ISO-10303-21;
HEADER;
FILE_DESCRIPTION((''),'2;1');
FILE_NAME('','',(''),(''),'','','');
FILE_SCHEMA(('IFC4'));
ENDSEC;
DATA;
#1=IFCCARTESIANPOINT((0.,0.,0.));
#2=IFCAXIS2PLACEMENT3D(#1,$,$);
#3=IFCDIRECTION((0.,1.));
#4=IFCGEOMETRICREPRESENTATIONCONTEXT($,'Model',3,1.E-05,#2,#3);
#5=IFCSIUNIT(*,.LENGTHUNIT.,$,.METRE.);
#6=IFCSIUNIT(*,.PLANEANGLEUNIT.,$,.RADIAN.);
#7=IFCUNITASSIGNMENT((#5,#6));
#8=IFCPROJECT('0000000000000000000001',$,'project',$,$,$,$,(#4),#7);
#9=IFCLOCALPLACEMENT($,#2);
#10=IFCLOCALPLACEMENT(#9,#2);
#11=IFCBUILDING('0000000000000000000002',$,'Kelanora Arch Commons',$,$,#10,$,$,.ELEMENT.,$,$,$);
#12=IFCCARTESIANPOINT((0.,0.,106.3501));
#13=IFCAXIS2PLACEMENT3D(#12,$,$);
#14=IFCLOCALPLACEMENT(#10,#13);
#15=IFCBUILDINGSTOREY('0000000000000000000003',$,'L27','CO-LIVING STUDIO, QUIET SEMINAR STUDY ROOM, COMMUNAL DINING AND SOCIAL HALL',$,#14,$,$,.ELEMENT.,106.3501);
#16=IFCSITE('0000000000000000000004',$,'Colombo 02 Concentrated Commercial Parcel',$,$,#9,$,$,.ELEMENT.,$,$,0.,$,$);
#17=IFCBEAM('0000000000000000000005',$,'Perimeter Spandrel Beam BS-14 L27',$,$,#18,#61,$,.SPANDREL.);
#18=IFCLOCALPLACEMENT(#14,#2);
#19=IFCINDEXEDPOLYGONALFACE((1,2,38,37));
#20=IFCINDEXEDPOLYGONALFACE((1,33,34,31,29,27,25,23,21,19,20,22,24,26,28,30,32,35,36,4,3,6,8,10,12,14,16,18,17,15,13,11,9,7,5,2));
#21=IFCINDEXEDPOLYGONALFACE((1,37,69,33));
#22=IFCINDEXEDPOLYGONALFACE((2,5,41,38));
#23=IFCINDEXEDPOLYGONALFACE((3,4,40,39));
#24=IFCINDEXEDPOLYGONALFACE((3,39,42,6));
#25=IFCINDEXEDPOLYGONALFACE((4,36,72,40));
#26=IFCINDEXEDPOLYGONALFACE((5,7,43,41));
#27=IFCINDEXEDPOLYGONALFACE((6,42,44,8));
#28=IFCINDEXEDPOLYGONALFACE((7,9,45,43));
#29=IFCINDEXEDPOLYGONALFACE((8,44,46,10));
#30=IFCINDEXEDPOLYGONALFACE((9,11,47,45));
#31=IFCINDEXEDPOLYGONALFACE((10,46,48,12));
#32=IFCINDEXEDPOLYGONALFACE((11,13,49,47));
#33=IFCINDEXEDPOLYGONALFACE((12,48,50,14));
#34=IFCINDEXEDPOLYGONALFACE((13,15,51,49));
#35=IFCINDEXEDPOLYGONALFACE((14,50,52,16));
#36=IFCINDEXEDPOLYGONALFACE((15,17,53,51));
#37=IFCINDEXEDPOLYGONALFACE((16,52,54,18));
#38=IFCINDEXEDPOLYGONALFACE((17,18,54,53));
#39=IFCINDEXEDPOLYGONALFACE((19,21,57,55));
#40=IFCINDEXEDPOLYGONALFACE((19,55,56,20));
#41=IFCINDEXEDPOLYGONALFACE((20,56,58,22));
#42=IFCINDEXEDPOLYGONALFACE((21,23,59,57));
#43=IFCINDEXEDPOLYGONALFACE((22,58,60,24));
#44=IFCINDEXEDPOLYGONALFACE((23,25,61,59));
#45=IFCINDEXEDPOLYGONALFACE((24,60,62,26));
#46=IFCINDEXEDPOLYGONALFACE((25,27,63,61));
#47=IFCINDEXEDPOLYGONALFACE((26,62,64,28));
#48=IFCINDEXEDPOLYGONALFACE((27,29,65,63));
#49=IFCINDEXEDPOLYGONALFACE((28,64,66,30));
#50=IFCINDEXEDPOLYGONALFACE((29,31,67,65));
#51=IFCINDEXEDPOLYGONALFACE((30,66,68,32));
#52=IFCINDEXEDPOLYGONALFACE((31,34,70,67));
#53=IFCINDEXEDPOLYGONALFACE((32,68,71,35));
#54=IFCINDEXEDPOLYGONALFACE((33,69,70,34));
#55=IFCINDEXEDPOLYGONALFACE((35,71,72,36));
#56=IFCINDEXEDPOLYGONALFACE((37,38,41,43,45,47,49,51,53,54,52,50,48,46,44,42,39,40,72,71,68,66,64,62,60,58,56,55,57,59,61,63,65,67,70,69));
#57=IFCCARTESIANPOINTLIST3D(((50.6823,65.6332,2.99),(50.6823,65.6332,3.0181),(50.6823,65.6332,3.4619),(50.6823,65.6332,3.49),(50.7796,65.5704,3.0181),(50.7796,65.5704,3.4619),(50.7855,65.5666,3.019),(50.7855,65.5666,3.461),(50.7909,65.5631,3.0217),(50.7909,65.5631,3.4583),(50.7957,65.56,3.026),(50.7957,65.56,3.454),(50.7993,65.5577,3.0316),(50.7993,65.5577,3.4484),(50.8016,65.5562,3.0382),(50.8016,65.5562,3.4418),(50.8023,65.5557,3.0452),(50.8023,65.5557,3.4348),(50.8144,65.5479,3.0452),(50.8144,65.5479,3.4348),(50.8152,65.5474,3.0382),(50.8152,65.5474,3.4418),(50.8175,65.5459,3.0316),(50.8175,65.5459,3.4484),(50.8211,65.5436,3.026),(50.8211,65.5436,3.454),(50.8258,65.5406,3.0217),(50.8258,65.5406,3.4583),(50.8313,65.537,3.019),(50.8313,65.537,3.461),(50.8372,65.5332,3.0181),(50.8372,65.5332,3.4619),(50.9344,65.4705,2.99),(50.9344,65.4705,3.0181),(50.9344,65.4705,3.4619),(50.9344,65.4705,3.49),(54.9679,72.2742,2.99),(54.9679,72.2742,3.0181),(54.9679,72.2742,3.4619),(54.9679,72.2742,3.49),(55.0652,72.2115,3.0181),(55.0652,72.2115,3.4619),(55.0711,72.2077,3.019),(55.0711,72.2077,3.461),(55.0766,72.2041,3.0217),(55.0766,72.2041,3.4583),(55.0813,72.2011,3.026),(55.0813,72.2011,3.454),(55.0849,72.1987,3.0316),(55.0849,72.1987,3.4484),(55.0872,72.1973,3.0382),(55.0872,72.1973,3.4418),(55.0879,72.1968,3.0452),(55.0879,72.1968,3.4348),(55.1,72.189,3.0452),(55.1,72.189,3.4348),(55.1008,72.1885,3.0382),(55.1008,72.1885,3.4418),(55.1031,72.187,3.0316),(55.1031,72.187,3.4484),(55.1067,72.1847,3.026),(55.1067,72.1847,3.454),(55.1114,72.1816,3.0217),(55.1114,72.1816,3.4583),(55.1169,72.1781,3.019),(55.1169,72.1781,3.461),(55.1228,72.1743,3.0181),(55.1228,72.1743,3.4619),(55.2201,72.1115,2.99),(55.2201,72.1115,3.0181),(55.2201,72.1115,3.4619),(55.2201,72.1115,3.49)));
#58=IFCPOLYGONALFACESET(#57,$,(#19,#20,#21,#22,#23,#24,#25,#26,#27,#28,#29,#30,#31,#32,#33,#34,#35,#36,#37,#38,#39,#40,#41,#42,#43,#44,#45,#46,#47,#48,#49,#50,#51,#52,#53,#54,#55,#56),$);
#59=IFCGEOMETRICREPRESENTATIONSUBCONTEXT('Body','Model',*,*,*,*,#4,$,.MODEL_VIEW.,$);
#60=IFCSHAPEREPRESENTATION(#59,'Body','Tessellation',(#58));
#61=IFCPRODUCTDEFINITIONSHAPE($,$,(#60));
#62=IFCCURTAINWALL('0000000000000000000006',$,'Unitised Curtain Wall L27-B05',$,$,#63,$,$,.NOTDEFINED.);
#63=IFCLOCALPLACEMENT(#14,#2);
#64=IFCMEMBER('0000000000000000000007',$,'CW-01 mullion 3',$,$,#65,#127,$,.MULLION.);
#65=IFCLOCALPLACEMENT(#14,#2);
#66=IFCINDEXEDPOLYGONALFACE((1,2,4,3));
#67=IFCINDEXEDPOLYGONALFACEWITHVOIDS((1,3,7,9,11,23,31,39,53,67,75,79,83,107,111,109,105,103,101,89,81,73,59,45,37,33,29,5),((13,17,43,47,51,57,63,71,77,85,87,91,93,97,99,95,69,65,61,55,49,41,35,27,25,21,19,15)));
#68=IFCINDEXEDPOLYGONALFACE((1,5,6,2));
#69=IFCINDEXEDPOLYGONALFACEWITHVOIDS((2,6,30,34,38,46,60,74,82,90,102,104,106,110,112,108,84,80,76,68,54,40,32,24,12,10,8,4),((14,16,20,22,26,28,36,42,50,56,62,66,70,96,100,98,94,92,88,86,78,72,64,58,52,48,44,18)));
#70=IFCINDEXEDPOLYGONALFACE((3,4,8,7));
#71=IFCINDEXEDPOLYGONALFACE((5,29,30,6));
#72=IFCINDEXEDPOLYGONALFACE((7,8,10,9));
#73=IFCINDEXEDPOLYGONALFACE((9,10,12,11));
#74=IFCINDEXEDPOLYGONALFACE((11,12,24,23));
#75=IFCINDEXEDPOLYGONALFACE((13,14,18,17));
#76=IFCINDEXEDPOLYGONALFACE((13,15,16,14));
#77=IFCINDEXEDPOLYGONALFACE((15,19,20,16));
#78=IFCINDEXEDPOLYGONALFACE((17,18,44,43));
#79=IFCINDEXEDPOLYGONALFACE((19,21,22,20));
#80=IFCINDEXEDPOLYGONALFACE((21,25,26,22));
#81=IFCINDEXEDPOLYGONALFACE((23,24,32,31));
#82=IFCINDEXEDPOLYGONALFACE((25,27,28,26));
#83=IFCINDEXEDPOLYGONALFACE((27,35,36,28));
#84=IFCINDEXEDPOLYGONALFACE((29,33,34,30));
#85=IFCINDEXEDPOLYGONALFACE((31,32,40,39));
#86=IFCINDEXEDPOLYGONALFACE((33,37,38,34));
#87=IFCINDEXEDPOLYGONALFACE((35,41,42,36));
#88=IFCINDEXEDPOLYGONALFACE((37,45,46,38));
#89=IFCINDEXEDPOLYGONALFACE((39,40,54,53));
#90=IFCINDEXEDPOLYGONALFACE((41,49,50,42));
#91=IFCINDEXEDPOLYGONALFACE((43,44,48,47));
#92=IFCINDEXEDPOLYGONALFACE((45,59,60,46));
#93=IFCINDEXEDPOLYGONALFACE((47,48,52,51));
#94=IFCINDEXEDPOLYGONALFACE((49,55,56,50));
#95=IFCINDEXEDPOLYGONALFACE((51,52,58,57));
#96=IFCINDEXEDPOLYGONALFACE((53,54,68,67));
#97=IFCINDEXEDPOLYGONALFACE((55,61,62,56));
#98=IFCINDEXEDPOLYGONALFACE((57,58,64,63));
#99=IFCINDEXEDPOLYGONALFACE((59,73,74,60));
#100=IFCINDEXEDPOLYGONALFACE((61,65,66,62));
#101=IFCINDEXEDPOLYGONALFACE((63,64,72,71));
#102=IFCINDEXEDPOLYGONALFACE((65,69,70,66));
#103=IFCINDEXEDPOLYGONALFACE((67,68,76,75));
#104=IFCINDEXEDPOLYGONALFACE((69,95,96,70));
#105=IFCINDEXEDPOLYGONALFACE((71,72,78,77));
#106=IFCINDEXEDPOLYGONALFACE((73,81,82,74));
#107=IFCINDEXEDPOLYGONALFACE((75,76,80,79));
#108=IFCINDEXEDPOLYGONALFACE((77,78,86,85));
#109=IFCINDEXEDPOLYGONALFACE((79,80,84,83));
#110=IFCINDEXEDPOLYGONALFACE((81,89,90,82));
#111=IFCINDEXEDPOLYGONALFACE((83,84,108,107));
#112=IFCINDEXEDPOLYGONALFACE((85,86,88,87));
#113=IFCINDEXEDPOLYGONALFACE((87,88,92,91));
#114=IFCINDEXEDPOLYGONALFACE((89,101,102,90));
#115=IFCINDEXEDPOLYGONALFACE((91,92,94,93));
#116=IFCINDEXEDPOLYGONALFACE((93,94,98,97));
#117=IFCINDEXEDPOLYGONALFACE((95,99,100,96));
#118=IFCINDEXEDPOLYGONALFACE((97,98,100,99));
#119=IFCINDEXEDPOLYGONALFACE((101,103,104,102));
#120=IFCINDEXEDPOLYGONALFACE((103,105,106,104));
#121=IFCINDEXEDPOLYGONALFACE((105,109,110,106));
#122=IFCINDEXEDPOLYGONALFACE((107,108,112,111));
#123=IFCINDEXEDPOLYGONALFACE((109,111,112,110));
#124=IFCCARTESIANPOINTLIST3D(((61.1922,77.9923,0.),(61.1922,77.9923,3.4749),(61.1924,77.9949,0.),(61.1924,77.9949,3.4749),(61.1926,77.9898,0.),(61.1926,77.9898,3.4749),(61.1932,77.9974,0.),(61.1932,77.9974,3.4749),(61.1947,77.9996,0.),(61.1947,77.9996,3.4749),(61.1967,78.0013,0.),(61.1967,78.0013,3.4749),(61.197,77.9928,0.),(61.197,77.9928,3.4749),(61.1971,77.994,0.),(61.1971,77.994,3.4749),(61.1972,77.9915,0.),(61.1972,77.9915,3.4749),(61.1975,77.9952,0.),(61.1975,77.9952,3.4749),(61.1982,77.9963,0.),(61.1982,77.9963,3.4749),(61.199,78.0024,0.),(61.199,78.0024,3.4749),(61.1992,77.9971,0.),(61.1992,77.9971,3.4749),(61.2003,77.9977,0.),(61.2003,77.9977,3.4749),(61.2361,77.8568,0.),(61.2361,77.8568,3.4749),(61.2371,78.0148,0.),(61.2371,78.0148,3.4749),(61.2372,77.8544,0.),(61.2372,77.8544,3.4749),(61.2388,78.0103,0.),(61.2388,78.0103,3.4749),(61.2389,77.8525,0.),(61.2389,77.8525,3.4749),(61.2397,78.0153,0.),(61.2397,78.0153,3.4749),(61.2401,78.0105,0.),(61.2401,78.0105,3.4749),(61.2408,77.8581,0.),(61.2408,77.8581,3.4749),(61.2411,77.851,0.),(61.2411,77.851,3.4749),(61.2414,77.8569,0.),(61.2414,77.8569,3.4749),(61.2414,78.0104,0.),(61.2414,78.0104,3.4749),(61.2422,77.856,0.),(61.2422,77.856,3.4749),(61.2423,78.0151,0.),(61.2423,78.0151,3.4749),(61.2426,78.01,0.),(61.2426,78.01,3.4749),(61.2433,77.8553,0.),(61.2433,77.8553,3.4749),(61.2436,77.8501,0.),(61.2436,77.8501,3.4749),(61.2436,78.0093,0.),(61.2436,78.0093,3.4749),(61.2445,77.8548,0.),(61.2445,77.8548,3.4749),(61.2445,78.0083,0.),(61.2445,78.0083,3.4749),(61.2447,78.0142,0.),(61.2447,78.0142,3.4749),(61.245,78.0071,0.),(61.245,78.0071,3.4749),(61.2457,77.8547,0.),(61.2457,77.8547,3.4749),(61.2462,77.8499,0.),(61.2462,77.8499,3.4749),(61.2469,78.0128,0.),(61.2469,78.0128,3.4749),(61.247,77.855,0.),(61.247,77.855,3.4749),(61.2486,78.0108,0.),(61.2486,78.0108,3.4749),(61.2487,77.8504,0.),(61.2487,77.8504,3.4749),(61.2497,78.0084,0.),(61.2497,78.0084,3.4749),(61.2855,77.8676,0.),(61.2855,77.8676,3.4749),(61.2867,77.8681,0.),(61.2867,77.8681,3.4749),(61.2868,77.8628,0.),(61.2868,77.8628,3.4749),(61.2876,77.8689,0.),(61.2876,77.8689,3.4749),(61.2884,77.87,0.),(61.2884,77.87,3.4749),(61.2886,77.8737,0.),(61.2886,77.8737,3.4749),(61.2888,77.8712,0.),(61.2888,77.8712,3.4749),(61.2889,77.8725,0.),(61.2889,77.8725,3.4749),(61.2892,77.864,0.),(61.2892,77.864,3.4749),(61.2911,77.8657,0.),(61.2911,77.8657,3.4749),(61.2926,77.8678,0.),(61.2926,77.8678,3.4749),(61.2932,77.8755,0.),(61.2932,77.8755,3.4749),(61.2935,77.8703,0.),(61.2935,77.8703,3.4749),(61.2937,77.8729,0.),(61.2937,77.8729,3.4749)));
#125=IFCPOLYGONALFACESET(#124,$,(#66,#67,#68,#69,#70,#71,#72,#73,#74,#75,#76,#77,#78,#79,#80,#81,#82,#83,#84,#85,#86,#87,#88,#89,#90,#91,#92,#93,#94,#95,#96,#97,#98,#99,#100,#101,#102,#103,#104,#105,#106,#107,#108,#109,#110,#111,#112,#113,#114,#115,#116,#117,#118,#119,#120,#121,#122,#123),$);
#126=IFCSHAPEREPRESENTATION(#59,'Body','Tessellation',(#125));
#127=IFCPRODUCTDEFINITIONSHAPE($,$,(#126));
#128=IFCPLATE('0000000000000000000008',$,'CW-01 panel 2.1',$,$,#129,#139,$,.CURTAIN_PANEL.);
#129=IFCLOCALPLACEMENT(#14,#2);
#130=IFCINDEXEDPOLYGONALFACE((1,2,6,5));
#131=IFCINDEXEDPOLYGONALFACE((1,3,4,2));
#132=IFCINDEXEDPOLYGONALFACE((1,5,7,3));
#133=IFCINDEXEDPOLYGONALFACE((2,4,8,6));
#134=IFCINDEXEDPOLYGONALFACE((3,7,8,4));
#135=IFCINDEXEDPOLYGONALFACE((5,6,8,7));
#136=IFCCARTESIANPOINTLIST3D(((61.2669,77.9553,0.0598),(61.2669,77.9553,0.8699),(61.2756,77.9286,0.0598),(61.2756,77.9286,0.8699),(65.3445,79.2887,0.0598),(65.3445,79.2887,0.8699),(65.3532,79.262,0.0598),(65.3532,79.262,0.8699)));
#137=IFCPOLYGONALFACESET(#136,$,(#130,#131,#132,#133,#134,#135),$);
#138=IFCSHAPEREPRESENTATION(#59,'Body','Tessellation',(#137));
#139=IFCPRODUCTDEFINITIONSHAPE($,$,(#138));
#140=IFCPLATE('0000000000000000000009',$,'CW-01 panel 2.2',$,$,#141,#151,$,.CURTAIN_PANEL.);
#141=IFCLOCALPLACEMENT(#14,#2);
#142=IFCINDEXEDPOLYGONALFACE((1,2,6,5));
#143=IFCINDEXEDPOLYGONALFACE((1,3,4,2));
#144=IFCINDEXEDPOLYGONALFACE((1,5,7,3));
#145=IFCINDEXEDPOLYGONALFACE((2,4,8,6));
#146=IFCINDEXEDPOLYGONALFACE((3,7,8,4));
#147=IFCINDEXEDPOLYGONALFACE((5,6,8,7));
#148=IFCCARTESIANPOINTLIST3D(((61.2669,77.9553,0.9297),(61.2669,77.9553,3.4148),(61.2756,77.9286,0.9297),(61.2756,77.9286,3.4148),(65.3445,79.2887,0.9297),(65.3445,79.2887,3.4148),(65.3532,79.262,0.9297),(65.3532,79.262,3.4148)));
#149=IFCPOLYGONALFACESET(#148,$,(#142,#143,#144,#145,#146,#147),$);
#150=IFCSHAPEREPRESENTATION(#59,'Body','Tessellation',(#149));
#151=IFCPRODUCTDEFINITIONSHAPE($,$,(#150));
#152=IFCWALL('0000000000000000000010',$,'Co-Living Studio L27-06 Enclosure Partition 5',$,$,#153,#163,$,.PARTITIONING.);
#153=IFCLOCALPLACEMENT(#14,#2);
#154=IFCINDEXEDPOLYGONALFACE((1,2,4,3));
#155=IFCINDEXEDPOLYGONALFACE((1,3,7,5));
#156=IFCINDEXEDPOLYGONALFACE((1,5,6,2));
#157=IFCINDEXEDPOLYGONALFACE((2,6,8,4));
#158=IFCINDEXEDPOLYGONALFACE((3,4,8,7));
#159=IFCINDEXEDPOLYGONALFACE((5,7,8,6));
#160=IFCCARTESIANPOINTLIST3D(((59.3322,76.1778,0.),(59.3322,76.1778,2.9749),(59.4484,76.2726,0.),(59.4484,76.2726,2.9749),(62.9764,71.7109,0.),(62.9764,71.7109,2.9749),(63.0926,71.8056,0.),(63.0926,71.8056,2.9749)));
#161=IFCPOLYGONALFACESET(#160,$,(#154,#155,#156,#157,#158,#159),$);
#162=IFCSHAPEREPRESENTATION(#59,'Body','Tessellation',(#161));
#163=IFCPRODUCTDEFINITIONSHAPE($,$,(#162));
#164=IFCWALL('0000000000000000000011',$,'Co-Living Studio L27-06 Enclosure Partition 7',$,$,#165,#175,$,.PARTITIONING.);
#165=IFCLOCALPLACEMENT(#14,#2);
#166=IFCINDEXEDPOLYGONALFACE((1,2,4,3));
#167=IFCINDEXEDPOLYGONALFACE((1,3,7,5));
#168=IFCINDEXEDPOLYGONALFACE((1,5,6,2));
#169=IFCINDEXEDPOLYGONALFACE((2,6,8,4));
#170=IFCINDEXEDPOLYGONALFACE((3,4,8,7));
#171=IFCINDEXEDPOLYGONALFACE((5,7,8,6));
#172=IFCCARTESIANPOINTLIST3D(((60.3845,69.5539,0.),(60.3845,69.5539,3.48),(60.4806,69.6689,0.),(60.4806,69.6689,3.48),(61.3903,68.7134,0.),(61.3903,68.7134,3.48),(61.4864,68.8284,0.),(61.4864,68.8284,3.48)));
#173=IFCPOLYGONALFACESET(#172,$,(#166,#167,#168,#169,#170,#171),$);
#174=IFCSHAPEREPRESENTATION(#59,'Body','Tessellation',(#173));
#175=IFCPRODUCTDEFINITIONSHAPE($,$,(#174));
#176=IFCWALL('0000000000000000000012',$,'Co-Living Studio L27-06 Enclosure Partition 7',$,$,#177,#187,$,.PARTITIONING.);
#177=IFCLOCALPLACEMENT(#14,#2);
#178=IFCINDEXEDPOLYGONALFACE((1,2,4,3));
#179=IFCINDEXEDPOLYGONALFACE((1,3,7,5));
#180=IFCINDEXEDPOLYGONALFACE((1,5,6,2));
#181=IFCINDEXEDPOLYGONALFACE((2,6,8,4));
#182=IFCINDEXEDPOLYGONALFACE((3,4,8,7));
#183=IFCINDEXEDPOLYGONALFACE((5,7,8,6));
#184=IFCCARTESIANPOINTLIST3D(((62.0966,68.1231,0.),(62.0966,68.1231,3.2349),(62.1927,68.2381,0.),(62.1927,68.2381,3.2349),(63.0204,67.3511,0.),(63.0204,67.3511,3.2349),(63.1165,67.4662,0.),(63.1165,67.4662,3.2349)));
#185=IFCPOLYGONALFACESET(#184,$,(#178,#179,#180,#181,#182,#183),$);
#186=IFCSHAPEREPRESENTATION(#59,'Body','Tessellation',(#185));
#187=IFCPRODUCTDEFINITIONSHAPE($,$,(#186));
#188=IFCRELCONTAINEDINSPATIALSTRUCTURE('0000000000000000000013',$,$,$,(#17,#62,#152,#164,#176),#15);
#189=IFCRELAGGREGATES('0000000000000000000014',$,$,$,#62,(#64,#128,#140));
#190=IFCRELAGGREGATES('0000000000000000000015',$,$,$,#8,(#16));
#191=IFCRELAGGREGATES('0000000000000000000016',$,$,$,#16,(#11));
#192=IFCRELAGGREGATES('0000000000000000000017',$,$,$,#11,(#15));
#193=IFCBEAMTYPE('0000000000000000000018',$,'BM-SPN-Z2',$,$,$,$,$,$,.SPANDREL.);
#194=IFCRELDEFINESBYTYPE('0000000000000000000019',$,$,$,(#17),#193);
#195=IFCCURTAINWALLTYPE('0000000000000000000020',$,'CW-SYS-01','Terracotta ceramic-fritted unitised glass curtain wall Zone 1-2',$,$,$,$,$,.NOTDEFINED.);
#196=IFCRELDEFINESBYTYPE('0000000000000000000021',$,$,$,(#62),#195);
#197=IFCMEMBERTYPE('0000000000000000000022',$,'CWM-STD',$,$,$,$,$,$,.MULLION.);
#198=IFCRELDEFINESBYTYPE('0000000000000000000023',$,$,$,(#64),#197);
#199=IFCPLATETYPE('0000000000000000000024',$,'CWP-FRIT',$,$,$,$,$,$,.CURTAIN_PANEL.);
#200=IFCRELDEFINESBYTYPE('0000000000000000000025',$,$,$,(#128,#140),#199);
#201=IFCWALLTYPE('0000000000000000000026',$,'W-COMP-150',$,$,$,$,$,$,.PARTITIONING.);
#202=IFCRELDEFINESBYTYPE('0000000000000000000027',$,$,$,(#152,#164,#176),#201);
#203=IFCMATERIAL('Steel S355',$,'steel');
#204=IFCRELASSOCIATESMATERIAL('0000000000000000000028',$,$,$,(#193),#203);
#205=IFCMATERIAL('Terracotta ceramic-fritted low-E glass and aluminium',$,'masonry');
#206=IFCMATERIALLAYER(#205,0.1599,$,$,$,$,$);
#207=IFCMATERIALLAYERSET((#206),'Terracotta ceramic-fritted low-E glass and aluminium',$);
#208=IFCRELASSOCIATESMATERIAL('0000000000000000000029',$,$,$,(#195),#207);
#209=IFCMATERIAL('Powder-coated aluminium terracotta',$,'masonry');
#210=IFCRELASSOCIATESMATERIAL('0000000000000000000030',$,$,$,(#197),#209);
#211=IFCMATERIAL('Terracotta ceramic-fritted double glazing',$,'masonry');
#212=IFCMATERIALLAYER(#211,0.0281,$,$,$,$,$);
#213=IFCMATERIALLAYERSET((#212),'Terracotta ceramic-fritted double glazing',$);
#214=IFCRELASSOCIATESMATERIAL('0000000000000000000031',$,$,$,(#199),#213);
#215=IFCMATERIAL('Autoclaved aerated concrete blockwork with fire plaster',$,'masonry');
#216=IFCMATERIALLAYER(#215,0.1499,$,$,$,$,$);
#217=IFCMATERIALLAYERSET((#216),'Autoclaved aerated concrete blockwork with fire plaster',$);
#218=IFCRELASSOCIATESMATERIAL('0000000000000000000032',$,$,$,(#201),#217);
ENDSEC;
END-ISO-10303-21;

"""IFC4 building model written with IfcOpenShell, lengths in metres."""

from ifc_helpers import new_model, si_unit, direction, frame, frame_2d, origin, origin_2d, place, context, subcontext, project, spatial, rectangle, hollow_rectangle, i_section, extrude, source, transform, mapped, material, layer, layer_set, material_profile, profile_set, type_object, element, aggregate, save


model = new_model("IFC4")

# Units and contexts
model_context = context("Model", 3, precision=1e-05, world=origin(), true_north=direction((0.0, 1.0)))
body_context = subcontext(model_context, "Body", "Model", "MODEL_VIEW")
ifc_project = project(units=[si_unit("LENGTHUNIT", "METRE"), si_unit("PLANEANGLEUNIT", "RADIAN")], contexts=[model_context])

# Site, building, storey
site_placement = place(None, origin())
site = spatial("IfcSite", under=ifc_project, at=site_placement, Name="Colombo 02 Concentrated Commercial Parcel", CompositionType="ELEMENT", RefElevation=0.0)
building_placement = place(site_placement, origin())
building = spatial("IfcBuilding", under=site, at=building_placement, Name="Kelanora Arch Commons", CompositionType="ELEMENT")
storey_placement = place(building_placement, frame((0.0, 0.0, 106.3501)))
storey = spatial("IfcBuildingStorey", under=building, at=storey_placement, Name="L27", Description="CO-LIVING STUDIO, QUIET SEMINAR STUDY ROOM, COMMUNAL DINING AND SOCIAL HALL", CompositionType="ELEMENT", Elevation=106.3501)

# Beam
ifc_material_1 = material(Name="Steel S355", Category="steel")
ifc_material_profile_1 = material_profile(ifc_material_1, i_section(OverallWidth=0.3, OverallDepth=0.5, WebThickness=0.0144, FlangeThickness=0.0281, FilletRadius=0.0271, at=origin_2d()), Name="HEB500")
ifc_profile_set_1 = profile_set([ifc_material_profile_1], Name="Steel S355")
beam_type_1 = type_object("IfcBeamType", Name="BM-SPN-Z2", PredefinedType="SPANDREL", material=ifc_profile_set_1)
beam_1_placement = place(storey_placement, frame((55.094, 72.1929, 3.24), z_axis=(-0.542221, -0.840236, 0.0), x_axis=(0.840236, -0.542221, 0.0)))
element("IfcBeam", 1, at=beam_1_placement, inside=storey, type_object=beam_type_1, Name="Perimeter Spandrel Beam BS-14 L27", PredefinedType="SPANDREL", context=body_context, shape_type="SweptSolid", body=[
    extrude(i_section(OverallWidth=0.3, OverallDepth=0.5, WebThickness=0.0144, FlangeThickness=0.0281, FilletRadius=0.0271, at=origin_2d()), origin(), (0.0, 0.0, 1.0), 7.9038),
])

# Curtain wall, member, plates
ifc_material_2 = material(Name="Terracotta ceramic-fritted low-E glass and aluminium", Category="masonry")
ifc_layer_1 = layer(ifc_material_2, 0.1599)
ifc_layer_set_1 = layer_set([ifc_layer_1], Name="Terracotta ceramic-fritted low-E glass and aluminium")
curtain_wall_type = type_object("IfcCurtainWallType", Name="CW-SYS-01", Description="Terracotta ceramic-fritted unitised glass curtain wall Zone 1-2", PredefinedType="NOTDEFINED", material=ifc_layer_set_1)
curtain_wall_placement = place(storey_placement, origin())
curtain_wall = element("IfcCurtainWall", 2, at=curtain_wall_placement, inside=storey, type_object=curtain_wall_type, Name="Unitised Curtain Wall L27-B05", PredefinedType="NOTDEFINED")
ifc_material_3 = material(Name="Powder-coated aluminium terracotta", Category="masonry")
ifc_material_profile_2 = material_profile(ifc_material_3, hollow_rectangle(XDim=0.1599, YDim=0.0601, WallThickness=0.0049, InnerFilletRadius=0.0049, OuterFilletRadius=0.01, at=origin_2d()), Name="CWM160x60")
ifc_profile_set_2 = profile_set([ifc_material_profile_2], Name="Powder-coated aluminium terracotta")
member_type = type_object("IfcMemberType", Name="CWM-STD", PredefinedType="MULLION", material=ifc_profile_set_2)
member_placement = place(storey_placement, frame((61.2429, 77.9326, 0.0), z_axis=(0.0, 0.0, 1.0), x_axis=(0.310805, -0.950474, 0.0)))
member = element("IfcMember", 3, at=member_placement, type_object=member_type, Name="CW-01 mullion 3", PredefinedType="MULLION", context=body_context, shape_type="SweptSolid", body=[
    extrude(hollow_rectangle(XDim=0.1599, YDim=0.0601, WallThickness=0.0049, InnerFilletRadius=0.0049, OuterFilletRadius=0.01, at=origin_2d()), origin(), (0.0, 0.0, 1.0), 3.4749),
])
ifc_material_4 = material(Name="Terracotta ceramic-fritted double glazing", Category="masonry")
ifc_layer_2 = layer(ifc_material_4, 0.0281)
ifc_layer_set_2 = layer_set([ifc_layer_2], Name="Terracotta ceramic-fritted double glazing")
plate_type = type_object("IfcPlateType", Name="CWP-FRIT", PredefinedType="CURTAIN_PANEL", material=ifc_layer_set_2)
shared_shape_1 = source(origin(), body_context, "Body", "SweptSolid", [
    extrude(rectangle(XDim=4.29, YDim=0.0281, at=origin_2d()), origin(), (0.0, 0.0, 1.0), 0.8101),
])
plate_1_placement = place(storey_placement, frame((63.3101, 78.6086, 0.0598), z_axis=(0.0, 0.0, 1.0), x_axis=(-0.950474, -0.310805, 0.0)))
plate_1 = element("IfcPlate", 4, at=plate_1_placement, type_object=plate_type, Name="CW-01 panel 2.1", PredefinedType="CURTAIN_PANEL", context=body_context, shape_type="MappedRepresentation", body=[
    mapped(shared_shape_1, transform((0.0, 0.0, 0.0), scale=1.0)),
])
shared_shape_2 = source(origin(), body_context, "Body", "SweptSolid", [
    extrude(rectangle(XDim=4.29, YDim=0.0281, at=origin_2d()), origin(), (0.0, 0.0, 1.0), 2.4851),
])
plate_2_placement = place(storey_placement, frame((63.3101, 78.6086, 0.9297), z_axis=(0.0, 0.0, 1.0), x_axis=(-0.950474, -0.310805, 0.0)))
plate_2 = element("IfcPlate", 5, at=plate_2_placement, type_object=plate_type, Name="CW-01 panel 2.2", PredefinedType="CURTAIN_PANEL", context=body_context, shape_type="MappedRepresentation", body=[
    mapped(shared_shape_2, transform((0.0, 0.0, 0.0), scale=1.0)),
])
aggregate(curtain_wall, [member, plate_1, plate_2])

# Walls
ifc_material_5 = material(Name="Autoclaved aerated concrete blockwork with fire plaster", Category="masonry")
ifc_layer_3 = layer(ifc_material_5, 0.1499)
ifc_layer_set_3 = layer_set([ifc_layer_3], Name="Autoclaved aerated concrete blockwork with fire plaster")
wall_type_1 = type_object("IfcWallType", Name="W-COMP-150", PredefinedType="PARTITIONING", material=ifc_layer_set_3)
wall_1_placement = place(storey_placement, frame((59.3904, 76.2251, 0.0), z_axis=(0.0, 0.0, 1.0), x_axis=(0.632139, -0.774855, 0.0)))
element("IfcWall", 6, at=wall_1_placement, inside=storey, type_object=wall_type_1, Name="Co-Living Studio L27-06 Enclosure Partition 5", PredefinedType="PARTITIONING", context=body_context, shape_type="SweptSolid", body=[
    extrude(rectangle(XDim=5.7649, YDim=0.1499, at=frame_2d((2.8823, 0.0))), origin(), (0.0, 0.0, 1.0), 2.9749),
])
wall_2_placement = place(storey_placement, frame((60.4326, 69.6113, 0.0), z_axis=(0.0, 0.0, 1.0), x_axis=(0.767335, -0.641246, 0.0)))
element("IfcWall", 7, at=wall_2_placement, inside=storey, type_object=wall_type_1, Name="Co-Living Studio L27-06 Enclosure Partition 7", PredefinedType="PARTITIONING", context=body_context, shape_type="SweptSolid", body=[
    extrude(rectangle(XDim=1.3108, YDim=0.1499, at=frame_2d((0.6553, 0.0))), origin(), (0.0, 0.0, 1.0), 3.48),
])
wall_3_placement = place(storey_placement, frame((62.1445, 68.1807, 0.0), z_axis=(0.0, 0.0, 1.0), x_axis=(0.767356, -0.641221, 0.0)))
element("IfcWall", 8, at=wall_3_placement, inside=storey, type_object=wall_type_1, Name="Co-Living Studio L27-06 Enclosure Partition 7", PredefinedType="PARTITIONING", context=body_context, shape_type="SweptSolid", body=[
    extrude(rectangle(XDim=1.2039, YDim=0.1499, at=frame_2d((0.6021, 0.0))), origin(), (0.0, 0.0, 1.0), 3.2349),
])

save(model, "model.ifc")
